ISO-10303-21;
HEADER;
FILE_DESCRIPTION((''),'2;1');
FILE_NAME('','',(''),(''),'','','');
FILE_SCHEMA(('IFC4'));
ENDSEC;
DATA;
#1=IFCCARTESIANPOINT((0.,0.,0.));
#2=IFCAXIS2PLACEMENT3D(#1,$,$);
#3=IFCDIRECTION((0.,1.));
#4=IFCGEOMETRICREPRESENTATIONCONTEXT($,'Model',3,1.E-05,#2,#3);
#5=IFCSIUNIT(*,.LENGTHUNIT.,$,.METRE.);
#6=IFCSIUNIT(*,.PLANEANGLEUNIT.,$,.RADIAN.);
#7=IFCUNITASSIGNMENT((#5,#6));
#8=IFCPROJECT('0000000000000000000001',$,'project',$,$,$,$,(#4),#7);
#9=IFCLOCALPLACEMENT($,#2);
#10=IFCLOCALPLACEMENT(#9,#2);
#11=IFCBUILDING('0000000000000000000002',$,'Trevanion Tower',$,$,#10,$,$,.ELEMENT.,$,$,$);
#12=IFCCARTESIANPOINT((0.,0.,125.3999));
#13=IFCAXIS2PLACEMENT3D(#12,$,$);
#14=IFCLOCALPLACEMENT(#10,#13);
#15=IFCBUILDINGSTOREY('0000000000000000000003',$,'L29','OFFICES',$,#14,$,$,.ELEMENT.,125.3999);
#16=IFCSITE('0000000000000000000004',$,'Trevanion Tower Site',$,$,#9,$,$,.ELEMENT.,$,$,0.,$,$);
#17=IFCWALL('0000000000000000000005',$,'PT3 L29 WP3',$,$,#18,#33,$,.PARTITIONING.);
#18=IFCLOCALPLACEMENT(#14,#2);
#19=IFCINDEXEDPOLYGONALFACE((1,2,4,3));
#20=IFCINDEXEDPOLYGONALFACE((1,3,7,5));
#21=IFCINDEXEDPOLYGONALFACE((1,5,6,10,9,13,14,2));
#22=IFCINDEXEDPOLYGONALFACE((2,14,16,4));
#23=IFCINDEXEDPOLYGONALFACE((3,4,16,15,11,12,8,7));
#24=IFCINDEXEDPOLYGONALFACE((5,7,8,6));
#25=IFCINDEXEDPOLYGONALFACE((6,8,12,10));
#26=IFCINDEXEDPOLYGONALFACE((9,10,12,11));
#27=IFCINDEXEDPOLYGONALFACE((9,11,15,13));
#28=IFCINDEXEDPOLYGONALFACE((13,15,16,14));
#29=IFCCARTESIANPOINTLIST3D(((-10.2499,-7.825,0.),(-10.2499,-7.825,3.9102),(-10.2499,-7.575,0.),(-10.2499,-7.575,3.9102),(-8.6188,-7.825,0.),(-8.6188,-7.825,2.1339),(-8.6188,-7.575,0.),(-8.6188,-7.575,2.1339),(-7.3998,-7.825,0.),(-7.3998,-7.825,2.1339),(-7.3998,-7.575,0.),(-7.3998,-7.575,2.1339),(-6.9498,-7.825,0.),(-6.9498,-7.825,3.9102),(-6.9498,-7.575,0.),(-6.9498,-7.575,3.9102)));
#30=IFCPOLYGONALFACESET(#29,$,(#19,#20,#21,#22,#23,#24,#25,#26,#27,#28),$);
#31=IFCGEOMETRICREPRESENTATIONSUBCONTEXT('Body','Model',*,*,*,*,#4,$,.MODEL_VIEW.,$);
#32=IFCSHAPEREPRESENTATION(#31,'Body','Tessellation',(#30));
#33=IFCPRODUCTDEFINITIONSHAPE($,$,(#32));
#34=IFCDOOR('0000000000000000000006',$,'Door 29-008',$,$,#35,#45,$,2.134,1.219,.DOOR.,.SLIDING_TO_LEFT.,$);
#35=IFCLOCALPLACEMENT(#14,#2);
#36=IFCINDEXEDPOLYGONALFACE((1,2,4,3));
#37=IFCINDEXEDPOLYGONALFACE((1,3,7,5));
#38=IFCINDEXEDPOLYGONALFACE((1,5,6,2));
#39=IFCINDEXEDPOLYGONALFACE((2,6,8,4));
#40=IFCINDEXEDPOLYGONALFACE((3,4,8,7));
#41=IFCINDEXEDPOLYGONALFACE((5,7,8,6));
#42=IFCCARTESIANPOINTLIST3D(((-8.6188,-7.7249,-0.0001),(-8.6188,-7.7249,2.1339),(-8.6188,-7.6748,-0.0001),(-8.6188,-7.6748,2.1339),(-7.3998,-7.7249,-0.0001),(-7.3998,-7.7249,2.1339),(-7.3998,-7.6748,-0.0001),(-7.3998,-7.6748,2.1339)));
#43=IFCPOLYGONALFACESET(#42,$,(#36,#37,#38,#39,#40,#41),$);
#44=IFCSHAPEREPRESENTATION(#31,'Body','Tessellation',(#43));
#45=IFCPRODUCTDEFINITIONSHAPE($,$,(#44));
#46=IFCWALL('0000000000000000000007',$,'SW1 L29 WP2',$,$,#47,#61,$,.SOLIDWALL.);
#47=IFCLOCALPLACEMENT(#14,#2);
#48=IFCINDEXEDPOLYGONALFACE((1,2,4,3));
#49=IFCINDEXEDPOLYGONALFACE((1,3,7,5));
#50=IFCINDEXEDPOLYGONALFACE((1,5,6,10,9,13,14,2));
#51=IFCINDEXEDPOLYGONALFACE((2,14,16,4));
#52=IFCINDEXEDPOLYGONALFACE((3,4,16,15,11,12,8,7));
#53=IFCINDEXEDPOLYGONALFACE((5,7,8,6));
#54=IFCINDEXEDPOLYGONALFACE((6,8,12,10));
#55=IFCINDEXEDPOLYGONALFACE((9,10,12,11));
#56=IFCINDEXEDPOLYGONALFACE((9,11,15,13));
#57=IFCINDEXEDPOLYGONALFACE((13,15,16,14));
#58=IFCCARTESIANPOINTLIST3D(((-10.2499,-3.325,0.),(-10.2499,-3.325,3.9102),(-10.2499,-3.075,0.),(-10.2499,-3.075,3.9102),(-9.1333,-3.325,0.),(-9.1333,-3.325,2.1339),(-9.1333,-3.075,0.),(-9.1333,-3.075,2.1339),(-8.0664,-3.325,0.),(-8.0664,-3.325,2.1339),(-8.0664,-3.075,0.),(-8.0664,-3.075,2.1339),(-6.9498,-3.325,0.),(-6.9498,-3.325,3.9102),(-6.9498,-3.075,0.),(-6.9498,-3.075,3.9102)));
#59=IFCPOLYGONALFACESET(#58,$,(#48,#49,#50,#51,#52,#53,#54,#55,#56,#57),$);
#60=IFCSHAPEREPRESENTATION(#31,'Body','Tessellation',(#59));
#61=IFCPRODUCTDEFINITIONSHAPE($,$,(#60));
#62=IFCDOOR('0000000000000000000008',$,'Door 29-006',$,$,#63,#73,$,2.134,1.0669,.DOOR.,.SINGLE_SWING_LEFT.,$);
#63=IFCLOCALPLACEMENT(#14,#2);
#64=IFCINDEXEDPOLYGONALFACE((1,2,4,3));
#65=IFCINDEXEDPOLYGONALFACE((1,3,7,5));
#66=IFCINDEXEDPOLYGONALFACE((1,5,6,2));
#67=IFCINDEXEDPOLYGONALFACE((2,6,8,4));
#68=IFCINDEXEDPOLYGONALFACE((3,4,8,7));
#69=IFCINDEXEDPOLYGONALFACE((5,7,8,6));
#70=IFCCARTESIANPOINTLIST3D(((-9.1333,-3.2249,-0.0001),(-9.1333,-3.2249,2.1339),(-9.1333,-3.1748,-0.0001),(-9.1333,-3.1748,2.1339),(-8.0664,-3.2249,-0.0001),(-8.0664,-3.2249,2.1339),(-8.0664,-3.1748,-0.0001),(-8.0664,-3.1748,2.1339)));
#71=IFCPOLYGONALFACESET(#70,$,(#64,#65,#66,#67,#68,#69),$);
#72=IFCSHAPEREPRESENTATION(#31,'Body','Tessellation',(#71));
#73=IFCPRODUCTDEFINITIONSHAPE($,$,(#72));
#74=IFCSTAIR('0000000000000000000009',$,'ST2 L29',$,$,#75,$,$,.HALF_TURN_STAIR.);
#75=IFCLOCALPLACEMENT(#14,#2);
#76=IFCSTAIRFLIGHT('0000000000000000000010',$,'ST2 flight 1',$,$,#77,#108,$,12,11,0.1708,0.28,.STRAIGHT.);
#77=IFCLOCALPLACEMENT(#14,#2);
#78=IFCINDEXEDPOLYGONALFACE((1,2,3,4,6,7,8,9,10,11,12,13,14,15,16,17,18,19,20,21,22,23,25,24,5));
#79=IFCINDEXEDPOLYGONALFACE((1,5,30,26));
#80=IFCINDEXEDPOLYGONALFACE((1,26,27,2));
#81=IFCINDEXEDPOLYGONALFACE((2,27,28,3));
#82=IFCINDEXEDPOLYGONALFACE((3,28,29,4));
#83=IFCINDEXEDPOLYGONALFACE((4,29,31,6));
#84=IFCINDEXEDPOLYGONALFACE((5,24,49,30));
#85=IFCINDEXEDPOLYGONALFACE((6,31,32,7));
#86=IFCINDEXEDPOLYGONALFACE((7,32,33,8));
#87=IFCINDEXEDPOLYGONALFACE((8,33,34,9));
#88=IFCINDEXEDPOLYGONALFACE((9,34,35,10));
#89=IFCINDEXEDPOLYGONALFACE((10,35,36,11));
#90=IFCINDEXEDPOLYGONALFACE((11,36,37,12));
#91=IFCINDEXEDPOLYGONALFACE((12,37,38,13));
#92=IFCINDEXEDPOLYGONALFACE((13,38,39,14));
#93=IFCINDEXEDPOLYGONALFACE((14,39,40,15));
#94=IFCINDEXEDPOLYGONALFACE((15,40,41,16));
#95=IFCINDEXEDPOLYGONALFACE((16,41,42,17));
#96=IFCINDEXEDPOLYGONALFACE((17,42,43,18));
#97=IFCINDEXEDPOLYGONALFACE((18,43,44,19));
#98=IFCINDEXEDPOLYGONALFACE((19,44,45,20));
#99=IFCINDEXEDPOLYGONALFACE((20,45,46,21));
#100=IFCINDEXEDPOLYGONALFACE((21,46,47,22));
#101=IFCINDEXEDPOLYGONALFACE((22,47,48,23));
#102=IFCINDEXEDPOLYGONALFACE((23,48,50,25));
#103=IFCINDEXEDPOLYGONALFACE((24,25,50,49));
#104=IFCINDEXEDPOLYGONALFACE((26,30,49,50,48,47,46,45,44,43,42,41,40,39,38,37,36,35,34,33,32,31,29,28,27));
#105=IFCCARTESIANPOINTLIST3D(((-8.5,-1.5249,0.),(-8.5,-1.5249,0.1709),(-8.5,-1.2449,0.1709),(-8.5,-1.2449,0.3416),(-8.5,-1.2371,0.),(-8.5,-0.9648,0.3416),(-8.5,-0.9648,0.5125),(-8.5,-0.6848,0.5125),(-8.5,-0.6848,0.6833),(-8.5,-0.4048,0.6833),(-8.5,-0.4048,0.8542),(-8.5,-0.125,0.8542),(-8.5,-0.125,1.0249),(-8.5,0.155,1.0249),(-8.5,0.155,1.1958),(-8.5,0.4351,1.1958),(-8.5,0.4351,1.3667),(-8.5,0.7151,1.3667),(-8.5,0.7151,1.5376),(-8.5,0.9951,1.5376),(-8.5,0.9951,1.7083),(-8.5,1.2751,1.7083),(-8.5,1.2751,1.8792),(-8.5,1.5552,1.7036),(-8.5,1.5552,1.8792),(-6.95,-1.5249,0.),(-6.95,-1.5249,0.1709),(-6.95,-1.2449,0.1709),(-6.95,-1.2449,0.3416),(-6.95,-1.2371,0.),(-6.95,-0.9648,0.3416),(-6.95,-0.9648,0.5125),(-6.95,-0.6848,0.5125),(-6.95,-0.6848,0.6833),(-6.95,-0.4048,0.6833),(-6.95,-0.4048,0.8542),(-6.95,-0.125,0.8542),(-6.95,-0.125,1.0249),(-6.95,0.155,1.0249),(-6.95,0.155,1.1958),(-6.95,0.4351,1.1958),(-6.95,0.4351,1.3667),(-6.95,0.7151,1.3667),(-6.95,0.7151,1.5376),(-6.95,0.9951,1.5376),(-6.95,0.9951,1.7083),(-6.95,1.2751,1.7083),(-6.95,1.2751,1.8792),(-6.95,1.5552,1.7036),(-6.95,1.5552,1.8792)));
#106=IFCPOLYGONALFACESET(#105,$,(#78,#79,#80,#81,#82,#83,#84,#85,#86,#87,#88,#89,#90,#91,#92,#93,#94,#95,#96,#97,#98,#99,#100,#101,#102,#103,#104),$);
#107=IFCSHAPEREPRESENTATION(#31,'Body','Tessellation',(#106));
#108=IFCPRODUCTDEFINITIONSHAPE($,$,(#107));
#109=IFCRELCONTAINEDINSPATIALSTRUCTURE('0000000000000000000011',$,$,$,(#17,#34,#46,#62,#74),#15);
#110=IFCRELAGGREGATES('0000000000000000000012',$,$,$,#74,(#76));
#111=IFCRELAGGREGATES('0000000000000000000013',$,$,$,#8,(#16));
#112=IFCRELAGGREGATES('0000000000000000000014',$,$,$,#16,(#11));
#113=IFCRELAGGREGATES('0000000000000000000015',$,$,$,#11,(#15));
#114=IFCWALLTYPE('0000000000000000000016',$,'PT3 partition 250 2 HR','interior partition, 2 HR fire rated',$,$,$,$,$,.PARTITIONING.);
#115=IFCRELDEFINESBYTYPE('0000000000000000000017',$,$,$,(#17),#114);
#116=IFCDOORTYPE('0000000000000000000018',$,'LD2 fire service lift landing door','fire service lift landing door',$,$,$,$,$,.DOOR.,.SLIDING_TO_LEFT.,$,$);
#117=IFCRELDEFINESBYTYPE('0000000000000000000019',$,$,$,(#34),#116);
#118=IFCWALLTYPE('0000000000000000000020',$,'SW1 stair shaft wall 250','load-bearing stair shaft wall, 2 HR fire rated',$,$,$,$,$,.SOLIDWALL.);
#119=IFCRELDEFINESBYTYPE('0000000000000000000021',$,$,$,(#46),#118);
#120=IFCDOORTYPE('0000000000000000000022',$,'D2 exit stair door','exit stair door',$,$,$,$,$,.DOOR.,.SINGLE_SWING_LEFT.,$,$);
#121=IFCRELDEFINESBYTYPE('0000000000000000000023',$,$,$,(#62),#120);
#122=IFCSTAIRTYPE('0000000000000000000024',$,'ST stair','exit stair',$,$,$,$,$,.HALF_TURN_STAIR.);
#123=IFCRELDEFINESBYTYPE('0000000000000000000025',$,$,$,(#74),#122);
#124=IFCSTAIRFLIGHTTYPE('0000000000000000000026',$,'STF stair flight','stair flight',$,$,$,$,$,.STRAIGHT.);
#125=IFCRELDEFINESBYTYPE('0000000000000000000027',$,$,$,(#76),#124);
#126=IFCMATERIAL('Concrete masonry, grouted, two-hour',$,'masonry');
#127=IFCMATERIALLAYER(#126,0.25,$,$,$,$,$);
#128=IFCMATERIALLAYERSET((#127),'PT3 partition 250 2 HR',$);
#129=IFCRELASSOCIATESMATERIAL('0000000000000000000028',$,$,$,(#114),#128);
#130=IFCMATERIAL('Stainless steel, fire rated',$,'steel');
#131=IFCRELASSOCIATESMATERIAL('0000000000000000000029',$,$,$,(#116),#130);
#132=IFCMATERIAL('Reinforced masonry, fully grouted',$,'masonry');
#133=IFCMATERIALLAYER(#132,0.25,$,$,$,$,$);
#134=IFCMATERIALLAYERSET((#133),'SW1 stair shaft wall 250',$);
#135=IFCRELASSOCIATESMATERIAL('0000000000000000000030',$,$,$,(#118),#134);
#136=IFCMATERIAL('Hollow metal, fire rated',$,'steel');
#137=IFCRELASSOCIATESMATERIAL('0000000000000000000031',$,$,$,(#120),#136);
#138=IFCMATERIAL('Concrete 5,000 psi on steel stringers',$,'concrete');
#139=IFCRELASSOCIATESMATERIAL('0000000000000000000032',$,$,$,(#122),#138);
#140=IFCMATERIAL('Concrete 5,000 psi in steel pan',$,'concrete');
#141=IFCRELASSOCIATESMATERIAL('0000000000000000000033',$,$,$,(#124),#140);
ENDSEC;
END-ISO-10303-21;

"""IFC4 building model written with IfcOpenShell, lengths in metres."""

from ifc_helpers import new_model, si_unit, direction, frame, frame_2d, origin, place, context, subcontext, project, spatial, polyline, rectangle, outline, extrude, material, layer, layer_set, type_object, element, fill, aggregate, save


model = new_model("IFC4")

# Units and contexts
model_context = context("Model", 3, precision=1e-05, world=origin(), true_north=direction((0.0, 1.0)))
body_context = subcontext(model_context, "Body", "Model", "MODEL_VIEW")
ifc_project = project(units=[si_unit("LENGTHUNIT", "METRE"), si_unit("PLANEANGLEUNIT", "RADIAN")], contexts=[model_context])

# Site, building, storey
site_placement = place(None, origin())
site = spatial("IfcSite", under=ifc_project, at=site_placement, Name="Trevanion Tower Site", CompositionType="ELEMENT", RefElevation=0.0)
building_placement = place(site_placement, origin())
building = spatial("IfcBuilding", under=site, at=building_placement, Name="Trevanion Tower", CompositionType="ELEMENT")
storey_placement = place(building_placement, frame((0.0, 0.0, 125.3999)))
storey = spatial("IfcBuildingStorey", under=building, at=storey_placement, Name="L29", Description="OFFICES", CompositionType="ELEMENT", Elevation=125.3999)

# Walls, openings, doors
ifc_material_1 = material(Name="Concrete masonry, grouted, two-hour", Category="masonry")
ifc_layer_1 = layer(ifc_material_1, 0.25)
ifc_layer_set_1 = layer_set([ifc_layer_1], Name="PT3 partition 250 2 HR")
wall_type_1 = type_object("IfcWallType", Name="PT3 partition 250 2 HR", Description="interior partition, 2 HR fire rated", PredefinedType="PARTITIONING", material=ifc_layer_set_1)
wall_1_placement = place(storey_placement, frame((-6.95, -7.7, 0.0), z_axis=(0.0, 0.0, 1.0), x_axis=(-1.0, 0.0, 0.0)))
wall_1 = element("IfcWall", 1, at=wall_1_placement, inside=storey, type_object=wall_type_1, Name="PT3 L29 WP3", PredefinedType="PARTITIONING", context=body_context, shape_type="SweptSolid", body=[
    extrude(rectangle(XDim=3.3, YDim=0.25, at=frame_2d((1.6499, 0.0))), origin(), (0.0, 0.0, 1.0), 3.9102),
])
opening_1_placement = place(wall_1_placement, frame((0.45, 0.0, 0.0)))
opening_1 = element("IfcOpeningElement", 2, at=opening_1_placement, cuts=wall_1, PredefinedType="OPENING", context=body_context, shape_type="SweptSolid", body=[
    extrude(rectangle(XDim=1.219, YDim=2.134, at=frame_2d((0.6094, 1.0669))), frame((0.0, 0.135, 0.0), z_axis=(0.0, -1.0, 0.0), x_axis=(1.0, 0.0, 0.0)), (0.0, 0.0, 1.0), 0.27),
])
ifc_material_2 = material(Name="Stainless steel, fire rated", Category="steel")
door_type_1 = type_object("IfcDoorType", Name="LD2 fire service lift landing door", Description="fire service lift landing door", OperationType="SLIDING_TO_LEFT", PredefinedType="DOOR", material=ifc_material_2)
door_1_placement = place(opening_1_placement, origin())
door_1 = element("IfcDoor", 3, at=door_1_placement, inside=storey, type_object=door_type_1, Name="Door 29-008", OperationType="SLIDING_TO_LEFT", OverallHeight=2.134, OverallWidth=1.219, PredefinedType="DOOR", context=body_context, shape_type="SweptSolid", body=[
    extrude(rectangle(XDim=1.219, YDim=2.134, at=frame_2d((0.6094, 1.0669))), frame((0.0, 0.0249, 0.0), z_axis=(0.0, -1.0, 0.0), x_axis=(1.0, 0.0, 0.0)), (0.0, 0.0, 1.0), 0.05),
])
fill(opening_1, door_1)
ifc_material_3 = material(Name="Reinforced masonry, fully grouted", Category="masonry")
ifc_layer_2 = layer(ifc_material_3, 0.25)
ifc_layer_set_2 = layer_set([ifc_layer_2], Name="SW1 stair shaft wall 250")
wall_type_2 = type_object("IfcWallType", Name="SW1 stair shaft wall 250", Description="load-bearing stair shaft wall, 2 HR fire rated", PredefinedType="SOLIDWALL", material=ifc_layer_set_2)
wall_2_placement = place(storey_placement, frame((-6.95, -3.2, 0.0), z_axis=(0.0, 0.0, 1.0), x_axis=(-1.0, 0.0, 0.0)))
wall_2 = element("IfcWall", 4, at=wall_2_placement, inside=storey, type_object=wall_type_2, Name="SW1 L29 WP2", PredefinedType="SOLIDWALL", context=body_context, shape_type="SweptSolid", body=[
    extrude(rectangle(XDim=3.3, YDim=0.25, at=frame_2d((1.6499, 0.0))), origin(), (0.0, 0.0, 1.0), 3.9102),
])
opening_2_placement = place(wall_2_placement, frame((1.1165, 0.0, 0.0)))
opening_2 = element("IfcOpeningElement", 5, at=opening_2_placement, cuts=wall_2, PredefinedType="OPENING", context=body_context, shape_type="SweptSolid", body=[
    extrude(rectangle(XDim=1.0669, YDim=2.134, at=frame_2d((0.5334, 1.0669))), frame((0.0, 0.135, 0.0), z_axis=(0.0, -1.0, 0.0), x_axis=(1.0, 0.0, 0.0)), (0.0, 0.0, 1.0), 0.27),
])
ifc_material_4 = material(Name="Hollow metal, fire rated", Category="steel")
door_type_2 = type_object("IfcDoorType", Name="D2 exit stair door", Description="exit stair door", OperationType="SINGLE_SWING_LEFT", PredefinedType="DOOR", material=ifc_material_4)
door_2_placement = place(opening_2_placement, origin())
door_2 = element("IfcDoor", 6, at=door_2_placement, inside=storey, type_object=door_type_2, Name="Door 29-006", OperationType="SINGLE_SWING_LEFT", OverallHeight=2.134, OverallWidth=1.0669, PredefinedType="DOOR", context=body_context, shape_type="SweptSolid", body=[
    extrude(rectangle(XDim=1.0669, YDim=2.134, at=frame_2d((0.5334, 1.0669))), frame((0.0, 0.0249, 0.0), z_axis=(0.0, -1.0, 0.0), x_axis=(1.0, 0.0, 0.0)), (0.0, 0.0, 1.0), 0.05),
])
fill(opening_2, door_2)

# Stair, stair flight
ifc_material_5 = material(Name="Concrete 5,000 psi on steel stringers", Category="concrete")
stair_type = type_object("IfcStairType", Name="ST stair", Description="exit stair", PredefinedType="HALF_TURN_STAIR", material=ifc_material_5)
stair_placement = place(storey_placement, origin())
stair = element("IfcStair", 7, at=stair_placement, inside=storey, type_object=stair_type, Name="ST2 L29", PredefinedType="HALF_TURN_STAIR")
ifc_material_6 = material(Name="Concrete 5,000 psi in steel pan", Category="concrete")
stair_flight_type = type_object("IfcStairFlightType", Name="STF stair flight", Description="stair flight", PredefinedType="STRAIGHT", material=ifc_material_6)
stair_flight_placement = place(storey_placement, frame((-7.7251, -1.5249, 0.0), z_axis=(0.0, 0.0, 1.0), x_axis=(0.0, 1.0, 0.0)))
stair_flight = element("IfcStairFlight", 8, at=stair_flight_placement, type_object=stair_flight_type, Name="ST2 flight 1", NumberOfRisers=12, NumberOfTreads=11, PredefinedType="STRAIGHT", RiserHeight=0.1708, TreadLength=0.28, context=body_context, shape_type="SweptSolid", body=[
    extrude(outline(polyline([(0.0, 0.0), (0.0, 0.1709), (0.28, 0.1709), (0.28, 0.3416), (0.5601, 0.3416), (0.5601, 0.5125), (0.8401, 0.5125), (0.8401, 0.6833), (1.1201, 0.6833), (1.1201, 0.8542), (1.3999, 0.8542), (1.3999, 1.0249), (1.6799, 1.0249), (1.6799, 1.1958), (1.96, 1.1958), (1.96, 1.3667), (2.24, 1.3667), (2.24, 1.5376), (2.52, 1.5376), (2.52, 1.7083), (2.8, 1.7083), (2.8, 1.8792), (3.0801, 1.8792), (3.0801, 2.05), (3.0801, 1.7036), (0.2878, 0.0), (0.0, 0.0)])), frame((0.0, 0.7749, 0.0), z_axis=(0.0, -1.0, 0.0), x_axis=(1.0, 0.0, 0.0)), (0.0, 0.0, 1.0), 1.55),
])
aggregate(stair, [stair_flight])

save(model, "model.ifc")
